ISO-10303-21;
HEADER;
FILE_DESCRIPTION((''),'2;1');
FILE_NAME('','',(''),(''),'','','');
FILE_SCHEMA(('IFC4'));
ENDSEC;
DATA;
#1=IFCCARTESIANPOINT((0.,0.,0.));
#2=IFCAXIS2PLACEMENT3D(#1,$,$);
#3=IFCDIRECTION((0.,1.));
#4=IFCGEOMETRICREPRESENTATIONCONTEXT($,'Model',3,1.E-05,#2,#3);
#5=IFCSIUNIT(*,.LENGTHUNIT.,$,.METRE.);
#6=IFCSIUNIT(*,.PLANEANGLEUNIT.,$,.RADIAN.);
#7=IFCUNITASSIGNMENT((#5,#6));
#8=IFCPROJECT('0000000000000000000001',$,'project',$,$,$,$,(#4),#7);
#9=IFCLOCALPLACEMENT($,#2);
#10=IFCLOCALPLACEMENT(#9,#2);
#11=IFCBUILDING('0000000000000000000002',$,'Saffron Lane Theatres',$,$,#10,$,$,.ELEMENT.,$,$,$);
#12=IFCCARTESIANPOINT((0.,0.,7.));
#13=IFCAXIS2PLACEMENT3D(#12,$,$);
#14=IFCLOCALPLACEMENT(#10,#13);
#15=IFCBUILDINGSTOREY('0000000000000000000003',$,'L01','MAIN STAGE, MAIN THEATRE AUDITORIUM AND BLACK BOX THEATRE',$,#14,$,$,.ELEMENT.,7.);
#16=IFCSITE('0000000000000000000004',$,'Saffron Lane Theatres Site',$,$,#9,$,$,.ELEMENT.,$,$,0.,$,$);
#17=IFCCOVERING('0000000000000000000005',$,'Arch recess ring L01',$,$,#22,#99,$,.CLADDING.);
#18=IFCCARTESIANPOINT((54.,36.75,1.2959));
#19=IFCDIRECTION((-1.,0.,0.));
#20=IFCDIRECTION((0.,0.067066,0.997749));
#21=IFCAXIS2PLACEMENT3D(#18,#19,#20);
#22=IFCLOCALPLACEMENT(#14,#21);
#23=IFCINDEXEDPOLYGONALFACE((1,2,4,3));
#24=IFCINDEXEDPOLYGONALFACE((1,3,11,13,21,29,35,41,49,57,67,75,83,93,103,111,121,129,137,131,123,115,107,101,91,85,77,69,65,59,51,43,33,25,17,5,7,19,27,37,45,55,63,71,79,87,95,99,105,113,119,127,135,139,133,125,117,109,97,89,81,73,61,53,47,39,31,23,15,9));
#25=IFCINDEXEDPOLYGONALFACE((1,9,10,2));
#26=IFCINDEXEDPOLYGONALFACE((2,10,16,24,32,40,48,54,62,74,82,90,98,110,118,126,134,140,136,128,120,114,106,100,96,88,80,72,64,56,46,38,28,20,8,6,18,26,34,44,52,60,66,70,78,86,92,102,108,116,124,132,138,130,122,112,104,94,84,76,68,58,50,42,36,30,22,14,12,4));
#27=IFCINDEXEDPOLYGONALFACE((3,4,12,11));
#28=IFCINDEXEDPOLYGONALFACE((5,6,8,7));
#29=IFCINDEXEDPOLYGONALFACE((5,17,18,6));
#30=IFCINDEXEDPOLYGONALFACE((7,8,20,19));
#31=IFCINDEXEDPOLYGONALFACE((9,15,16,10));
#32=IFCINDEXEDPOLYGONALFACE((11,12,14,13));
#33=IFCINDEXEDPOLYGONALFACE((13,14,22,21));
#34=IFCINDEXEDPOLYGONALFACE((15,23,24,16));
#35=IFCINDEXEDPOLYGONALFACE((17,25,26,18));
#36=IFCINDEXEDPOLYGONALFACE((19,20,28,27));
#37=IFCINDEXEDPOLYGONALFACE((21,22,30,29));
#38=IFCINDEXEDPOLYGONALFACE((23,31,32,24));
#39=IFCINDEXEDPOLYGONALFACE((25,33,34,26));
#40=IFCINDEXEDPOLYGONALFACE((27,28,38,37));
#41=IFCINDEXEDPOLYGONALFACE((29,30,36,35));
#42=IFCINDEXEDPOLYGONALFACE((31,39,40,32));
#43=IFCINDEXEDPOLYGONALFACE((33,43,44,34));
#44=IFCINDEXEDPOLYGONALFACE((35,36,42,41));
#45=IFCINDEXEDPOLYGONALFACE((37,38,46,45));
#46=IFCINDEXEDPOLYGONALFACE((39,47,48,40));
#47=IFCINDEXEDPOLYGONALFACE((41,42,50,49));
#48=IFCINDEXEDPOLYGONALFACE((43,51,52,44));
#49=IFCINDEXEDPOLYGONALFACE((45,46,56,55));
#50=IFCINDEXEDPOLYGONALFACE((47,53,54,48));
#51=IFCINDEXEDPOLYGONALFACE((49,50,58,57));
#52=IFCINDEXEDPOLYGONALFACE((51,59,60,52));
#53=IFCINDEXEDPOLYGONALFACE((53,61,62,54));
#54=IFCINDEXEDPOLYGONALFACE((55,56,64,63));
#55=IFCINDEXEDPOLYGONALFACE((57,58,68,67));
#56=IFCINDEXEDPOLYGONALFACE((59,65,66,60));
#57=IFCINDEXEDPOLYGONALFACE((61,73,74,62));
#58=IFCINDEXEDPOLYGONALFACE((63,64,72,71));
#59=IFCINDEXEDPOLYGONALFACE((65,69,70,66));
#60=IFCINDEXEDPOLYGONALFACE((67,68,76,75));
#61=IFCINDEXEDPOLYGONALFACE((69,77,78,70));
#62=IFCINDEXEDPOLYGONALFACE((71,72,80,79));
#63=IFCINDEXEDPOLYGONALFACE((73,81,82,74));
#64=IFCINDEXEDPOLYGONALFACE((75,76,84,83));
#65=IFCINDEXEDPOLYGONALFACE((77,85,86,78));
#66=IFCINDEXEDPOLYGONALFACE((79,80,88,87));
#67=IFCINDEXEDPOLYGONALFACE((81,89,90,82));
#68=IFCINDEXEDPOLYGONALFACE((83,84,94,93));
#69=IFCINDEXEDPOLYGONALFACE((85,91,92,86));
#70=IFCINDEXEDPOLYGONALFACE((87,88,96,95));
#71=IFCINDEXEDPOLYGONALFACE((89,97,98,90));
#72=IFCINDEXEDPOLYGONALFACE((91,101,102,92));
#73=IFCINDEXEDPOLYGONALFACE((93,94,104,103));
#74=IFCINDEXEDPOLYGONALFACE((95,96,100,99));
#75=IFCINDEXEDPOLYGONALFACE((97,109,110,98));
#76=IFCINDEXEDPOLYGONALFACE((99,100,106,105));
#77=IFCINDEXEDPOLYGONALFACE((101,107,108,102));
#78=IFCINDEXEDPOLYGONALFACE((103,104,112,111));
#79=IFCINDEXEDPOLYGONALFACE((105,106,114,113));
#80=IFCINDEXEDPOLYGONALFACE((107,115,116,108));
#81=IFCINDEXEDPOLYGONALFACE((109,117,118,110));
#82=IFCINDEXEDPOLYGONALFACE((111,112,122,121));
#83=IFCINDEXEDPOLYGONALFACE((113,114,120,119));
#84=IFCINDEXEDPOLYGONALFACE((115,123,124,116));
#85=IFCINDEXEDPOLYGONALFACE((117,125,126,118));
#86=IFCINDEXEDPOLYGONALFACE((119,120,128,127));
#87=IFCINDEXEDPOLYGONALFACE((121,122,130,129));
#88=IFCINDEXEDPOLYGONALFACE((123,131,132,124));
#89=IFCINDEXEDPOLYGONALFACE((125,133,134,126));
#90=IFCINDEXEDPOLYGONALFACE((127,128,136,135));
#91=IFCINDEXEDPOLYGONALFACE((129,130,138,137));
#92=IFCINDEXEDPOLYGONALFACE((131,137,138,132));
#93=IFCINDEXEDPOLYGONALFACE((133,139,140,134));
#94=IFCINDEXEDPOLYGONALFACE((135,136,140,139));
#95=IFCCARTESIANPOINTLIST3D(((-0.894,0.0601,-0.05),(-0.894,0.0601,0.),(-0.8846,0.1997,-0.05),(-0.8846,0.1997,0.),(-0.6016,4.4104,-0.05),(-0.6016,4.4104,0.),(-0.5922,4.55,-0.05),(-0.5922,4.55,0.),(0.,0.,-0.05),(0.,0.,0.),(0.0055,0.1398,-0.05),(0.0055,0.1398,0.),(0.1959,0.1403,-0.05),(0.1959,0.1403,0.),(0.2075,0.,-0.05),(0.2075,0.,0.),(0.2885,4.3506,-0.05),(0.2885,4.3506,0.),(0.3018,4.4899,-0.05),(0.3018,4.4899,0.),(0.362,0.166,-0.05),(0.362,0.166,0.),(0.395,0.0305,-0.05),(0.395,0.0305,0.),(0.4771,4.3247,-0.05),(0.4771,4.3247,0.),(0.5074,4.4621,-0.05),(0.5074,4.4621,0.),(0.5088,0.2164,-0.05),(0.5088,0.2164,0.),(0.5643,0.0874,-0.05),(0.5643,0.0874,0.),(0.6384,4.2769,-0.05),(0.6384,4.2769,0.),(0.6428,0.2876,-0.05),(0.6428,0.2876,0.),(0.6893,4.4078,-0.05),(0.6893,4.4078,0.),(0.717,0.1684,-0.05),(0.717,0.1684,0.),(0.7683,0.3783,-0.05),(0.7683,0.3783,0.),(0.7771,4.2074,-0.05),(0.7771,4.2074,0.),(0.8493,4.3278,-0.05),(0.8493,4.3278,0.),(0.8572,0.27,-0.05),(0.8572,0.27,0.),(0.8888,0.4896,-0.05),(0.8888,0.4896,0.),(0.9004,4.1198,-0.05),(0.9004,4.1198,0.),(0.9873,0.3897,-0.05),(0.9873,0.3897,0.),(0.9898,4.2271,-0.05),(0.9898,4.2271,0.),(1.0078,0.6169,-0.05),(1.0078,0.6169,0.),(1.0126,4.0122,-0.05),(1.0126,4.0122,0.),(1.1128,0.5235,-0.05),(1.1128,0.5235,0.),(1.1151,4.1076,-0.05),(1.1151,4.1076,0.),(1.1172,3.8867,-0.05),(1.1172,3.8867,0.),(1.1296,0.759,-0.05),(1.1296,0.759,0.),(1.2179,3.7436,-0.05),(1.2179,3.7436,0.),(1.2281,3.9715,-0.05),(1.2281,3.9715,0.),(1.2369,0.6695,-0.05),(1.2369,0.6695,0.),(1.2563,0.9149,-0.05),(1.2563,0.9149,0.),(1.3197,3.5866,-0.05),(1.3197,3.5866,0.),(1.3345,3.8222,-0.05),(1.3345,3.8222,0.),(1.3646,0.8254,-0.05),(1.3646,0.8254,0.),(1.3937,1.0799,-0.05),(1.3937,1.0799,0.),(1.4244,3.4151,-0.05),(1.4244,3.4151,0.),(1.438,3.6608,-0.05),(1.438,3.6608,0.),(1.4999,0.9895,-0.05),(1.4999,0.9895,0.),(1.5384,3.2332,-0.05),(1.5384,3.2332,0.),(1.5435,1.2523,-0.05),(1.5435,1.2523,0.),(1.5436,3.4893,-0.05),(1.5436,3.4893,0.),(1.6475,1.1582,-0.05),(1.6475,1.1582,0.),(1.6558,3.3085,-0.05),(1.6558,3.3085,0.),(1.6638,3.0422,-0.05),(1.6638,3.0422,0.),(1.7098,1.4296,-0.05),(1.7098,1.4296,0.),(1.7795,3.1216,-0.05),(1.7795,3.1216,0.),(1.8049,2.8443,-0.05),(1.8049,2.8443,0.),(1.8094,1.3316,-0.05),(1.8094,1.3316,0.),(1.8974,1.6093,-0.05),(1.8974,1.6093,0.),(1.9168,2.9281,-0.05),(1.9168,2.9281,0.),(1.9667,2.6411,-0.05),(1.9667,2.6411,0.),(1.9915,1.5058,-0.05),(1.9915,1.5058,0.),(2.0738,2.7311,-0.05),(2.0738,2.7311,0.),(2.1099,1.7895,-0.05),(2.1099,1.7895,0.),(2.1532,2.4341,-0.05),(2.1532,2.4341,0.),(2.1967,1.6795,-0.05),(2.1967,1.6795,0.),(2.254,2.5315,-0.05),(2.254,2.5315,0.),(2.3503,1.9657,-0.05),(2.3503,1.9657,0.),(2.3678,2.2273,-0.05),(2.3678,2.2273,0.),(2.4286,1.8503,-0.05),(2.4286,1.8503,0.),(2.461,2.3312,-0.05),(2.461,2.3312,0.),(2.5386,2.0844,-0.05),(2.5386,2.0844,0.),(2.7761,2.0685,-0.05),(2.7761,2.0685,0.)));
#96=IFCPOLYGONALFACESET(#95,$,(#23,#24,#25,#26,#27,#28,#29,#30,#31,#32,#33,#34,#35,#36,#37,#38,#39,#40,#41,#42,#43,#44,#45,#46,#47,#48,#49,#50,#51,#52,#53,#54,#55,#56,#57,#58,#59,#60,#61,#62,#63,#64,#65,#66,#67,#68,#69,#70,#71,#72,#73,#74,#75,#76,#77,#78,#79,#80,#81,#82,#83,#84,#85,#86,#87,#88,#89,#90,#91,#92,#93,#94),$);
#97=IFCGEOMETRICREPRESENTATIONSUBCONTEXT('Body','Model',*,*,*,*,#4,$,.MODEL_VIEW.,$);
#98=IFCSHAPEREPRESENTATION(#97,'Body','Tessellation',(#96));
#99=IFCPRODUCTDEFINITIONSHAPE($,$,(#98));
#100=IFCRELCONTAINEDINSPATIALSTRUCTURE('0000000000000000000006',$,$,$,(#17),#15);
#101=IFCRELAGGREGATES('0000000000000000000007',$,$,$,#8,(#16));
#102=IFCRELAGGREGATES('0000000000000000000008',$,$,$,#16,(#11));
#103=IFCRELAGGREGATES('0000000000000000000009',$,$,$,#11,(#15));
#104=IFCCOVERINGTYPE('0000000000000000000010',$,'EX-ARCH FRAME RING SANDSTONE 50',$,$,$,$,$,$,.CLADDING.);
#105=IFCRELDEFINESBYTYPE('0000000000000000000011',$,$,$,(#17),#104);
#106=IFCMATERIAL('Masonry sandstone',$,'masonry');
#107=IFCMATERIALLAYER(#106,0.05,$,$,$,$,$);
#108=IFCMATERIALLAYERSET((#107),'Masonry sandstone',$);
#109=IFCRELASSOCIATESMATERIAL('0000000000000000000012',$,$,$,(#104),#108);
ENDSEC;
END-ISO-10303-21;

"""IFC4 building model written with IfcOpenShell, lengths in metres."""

from ifc_helpers import new_model, si_unit, direction, frame, origin, place, context, subcontext, project, spatial, polyline, outline, extrude, material, layer, layer_set, type_object, element, save


model = new_model("IFC4")

# Units and contexts
model_context = context("Model", 3, precision=1e-05, world=origin(), true_north=direction((0.0, 1.0)))
body_context = subcontext(model_context, "Body", "Model", "MODEL_VIEW")
ifc_project = project(units=[si_unit("LENGTHUNIT", "METRE"), si_unit("PLANEANGLEUNIT", "RADIAN")], contexts=[model_context])

# Site, building, storey
site_placement = place(None, origin())
site = spatial("IfcSite", under=ifc_project, at=site_placement, Name="Saffron Lane Theatres Site", CompositionType="ELEMENT", RefElevation=0.0)
building_placement = place(site_placement, origin())
building = spatial("IfcBuilding", under=site, at=building_placement, Name="Saffron Lane Theatres", CompositionType="ELEMENT")
storey_placement = place(building_placement, frame((0.0, 0.0, 7.0)))
storey = spatial("IfcBuildingStorey", under=building, at=storey_placement, Name="L01", Description="MAIN STAGE, MAIN THEATRE AUDITORIUM AND BLACK BOX THEATRE", CompositionType="ELEMENT", Elevation=7.0)

# Covering
ifc_material_1 = material(Name="Masonry sandstone", Category="masonry")
ifc_layer_1 = layer(ifc_material_1, 0.05)
ifc_layer_set_1 = layer_set([ifc_layer_1], Name="Masonry sandstone")
covering_type_1 = type_object("IfcCoveringType", Name="EX-ARCH FRAME RING SANDSTONE 50", PredefinedType="CLADDING", material=ifc_layer_set_1)
covering_1_placement = place(storey_placement, frame((54.0, 36.75, 1.2959), z_axis=(-1.0, 0.0, 0.0), x_axis=(0.0, 0.067066, 0.997749)))
element("IfcCovering", 1, at=covering_1_placement, inside=storey, type_object=covering_type_1, Name="Arch recess ring L01", PredefinedType="CLADDING", context=body_context, shape_type="SweptSolid", body=[
    extrude(outline(polyline([(0.0, 0.0), (0.2075, 0.0), (0.395, 0.0305), (0.5643, 0.0874), (0.717, 0.1684), (0.8572, 0.27), (0.9873, 0.3897), (1.1128, 0.5235), (1.2369, 0.6695), (1.3646, 0.8254), (1.4999, 0.9895), (1.6475, 1.1582), (1.8094, 1.3316), (1.9915, 1.5058), (2.1967, 1.6795), (2.4286, 1.8503), (2.7761, 2.0685), (2.461, 2.3312), (2.254, 2.5315), (2.0738, 2.7311), (1.9168, 2.9281), (1.7795, 3.1216), (1.6558, 3.3085), (1.5436, 3.4893), (1.438, 3.6608), (1.3345, 3.8222), (1.2281, 3.9715), (1.1151, 4.1076), (0.9898, 4.2271), (0.8493, 4.3278), (0.6893, 4.4078), (0.5074, 4.4621), (0.3018, 4.4899), (-0.5922, 4.55), (-0.6016, 4.4104), (0.2885, 4.3506), (0.4771, 4.3247), (0.6384, 4.2769), (0.7771, 4.2074), (0.9004, 4.1198), (1.0126, 4.0122), (1.1172, 3.8867), (1.2179, 3.7436), (1.3197, 3.5866), (1.4244, 3.4151), (1.5384, 3.2332), (1.6638, 3.0422), (1.8049, 2.8443), (1.9667, 2.6411), (2.1532, 2.4341), (2.3678, 2.2273), (2.5386, 2.0844), (2.3503, 1.9657), (2.1099, 1.7895), (1.8974, 1.6093), (1.7098, 1.4296), (1.5435, 1.2523), (1.3937, 1.0799), (1.2563, 0.9149), (1.1296, 0.759), (1.0078, 0.6169), (0.8888, 0.4896), (0.7683, 0.3783), (0.6428, 0.2876), (0.5088, 0.2164), (0.362, 0.166), (0.1959, 0.1403), (0.0055, 0.1398), (-0.8846, 0.1997), (-0.894, 0.0601), (0.0, 0.0)])), origin(), (0.0, 0.0, -1.0), 0.05),
])

save(model, "model.ifc")
